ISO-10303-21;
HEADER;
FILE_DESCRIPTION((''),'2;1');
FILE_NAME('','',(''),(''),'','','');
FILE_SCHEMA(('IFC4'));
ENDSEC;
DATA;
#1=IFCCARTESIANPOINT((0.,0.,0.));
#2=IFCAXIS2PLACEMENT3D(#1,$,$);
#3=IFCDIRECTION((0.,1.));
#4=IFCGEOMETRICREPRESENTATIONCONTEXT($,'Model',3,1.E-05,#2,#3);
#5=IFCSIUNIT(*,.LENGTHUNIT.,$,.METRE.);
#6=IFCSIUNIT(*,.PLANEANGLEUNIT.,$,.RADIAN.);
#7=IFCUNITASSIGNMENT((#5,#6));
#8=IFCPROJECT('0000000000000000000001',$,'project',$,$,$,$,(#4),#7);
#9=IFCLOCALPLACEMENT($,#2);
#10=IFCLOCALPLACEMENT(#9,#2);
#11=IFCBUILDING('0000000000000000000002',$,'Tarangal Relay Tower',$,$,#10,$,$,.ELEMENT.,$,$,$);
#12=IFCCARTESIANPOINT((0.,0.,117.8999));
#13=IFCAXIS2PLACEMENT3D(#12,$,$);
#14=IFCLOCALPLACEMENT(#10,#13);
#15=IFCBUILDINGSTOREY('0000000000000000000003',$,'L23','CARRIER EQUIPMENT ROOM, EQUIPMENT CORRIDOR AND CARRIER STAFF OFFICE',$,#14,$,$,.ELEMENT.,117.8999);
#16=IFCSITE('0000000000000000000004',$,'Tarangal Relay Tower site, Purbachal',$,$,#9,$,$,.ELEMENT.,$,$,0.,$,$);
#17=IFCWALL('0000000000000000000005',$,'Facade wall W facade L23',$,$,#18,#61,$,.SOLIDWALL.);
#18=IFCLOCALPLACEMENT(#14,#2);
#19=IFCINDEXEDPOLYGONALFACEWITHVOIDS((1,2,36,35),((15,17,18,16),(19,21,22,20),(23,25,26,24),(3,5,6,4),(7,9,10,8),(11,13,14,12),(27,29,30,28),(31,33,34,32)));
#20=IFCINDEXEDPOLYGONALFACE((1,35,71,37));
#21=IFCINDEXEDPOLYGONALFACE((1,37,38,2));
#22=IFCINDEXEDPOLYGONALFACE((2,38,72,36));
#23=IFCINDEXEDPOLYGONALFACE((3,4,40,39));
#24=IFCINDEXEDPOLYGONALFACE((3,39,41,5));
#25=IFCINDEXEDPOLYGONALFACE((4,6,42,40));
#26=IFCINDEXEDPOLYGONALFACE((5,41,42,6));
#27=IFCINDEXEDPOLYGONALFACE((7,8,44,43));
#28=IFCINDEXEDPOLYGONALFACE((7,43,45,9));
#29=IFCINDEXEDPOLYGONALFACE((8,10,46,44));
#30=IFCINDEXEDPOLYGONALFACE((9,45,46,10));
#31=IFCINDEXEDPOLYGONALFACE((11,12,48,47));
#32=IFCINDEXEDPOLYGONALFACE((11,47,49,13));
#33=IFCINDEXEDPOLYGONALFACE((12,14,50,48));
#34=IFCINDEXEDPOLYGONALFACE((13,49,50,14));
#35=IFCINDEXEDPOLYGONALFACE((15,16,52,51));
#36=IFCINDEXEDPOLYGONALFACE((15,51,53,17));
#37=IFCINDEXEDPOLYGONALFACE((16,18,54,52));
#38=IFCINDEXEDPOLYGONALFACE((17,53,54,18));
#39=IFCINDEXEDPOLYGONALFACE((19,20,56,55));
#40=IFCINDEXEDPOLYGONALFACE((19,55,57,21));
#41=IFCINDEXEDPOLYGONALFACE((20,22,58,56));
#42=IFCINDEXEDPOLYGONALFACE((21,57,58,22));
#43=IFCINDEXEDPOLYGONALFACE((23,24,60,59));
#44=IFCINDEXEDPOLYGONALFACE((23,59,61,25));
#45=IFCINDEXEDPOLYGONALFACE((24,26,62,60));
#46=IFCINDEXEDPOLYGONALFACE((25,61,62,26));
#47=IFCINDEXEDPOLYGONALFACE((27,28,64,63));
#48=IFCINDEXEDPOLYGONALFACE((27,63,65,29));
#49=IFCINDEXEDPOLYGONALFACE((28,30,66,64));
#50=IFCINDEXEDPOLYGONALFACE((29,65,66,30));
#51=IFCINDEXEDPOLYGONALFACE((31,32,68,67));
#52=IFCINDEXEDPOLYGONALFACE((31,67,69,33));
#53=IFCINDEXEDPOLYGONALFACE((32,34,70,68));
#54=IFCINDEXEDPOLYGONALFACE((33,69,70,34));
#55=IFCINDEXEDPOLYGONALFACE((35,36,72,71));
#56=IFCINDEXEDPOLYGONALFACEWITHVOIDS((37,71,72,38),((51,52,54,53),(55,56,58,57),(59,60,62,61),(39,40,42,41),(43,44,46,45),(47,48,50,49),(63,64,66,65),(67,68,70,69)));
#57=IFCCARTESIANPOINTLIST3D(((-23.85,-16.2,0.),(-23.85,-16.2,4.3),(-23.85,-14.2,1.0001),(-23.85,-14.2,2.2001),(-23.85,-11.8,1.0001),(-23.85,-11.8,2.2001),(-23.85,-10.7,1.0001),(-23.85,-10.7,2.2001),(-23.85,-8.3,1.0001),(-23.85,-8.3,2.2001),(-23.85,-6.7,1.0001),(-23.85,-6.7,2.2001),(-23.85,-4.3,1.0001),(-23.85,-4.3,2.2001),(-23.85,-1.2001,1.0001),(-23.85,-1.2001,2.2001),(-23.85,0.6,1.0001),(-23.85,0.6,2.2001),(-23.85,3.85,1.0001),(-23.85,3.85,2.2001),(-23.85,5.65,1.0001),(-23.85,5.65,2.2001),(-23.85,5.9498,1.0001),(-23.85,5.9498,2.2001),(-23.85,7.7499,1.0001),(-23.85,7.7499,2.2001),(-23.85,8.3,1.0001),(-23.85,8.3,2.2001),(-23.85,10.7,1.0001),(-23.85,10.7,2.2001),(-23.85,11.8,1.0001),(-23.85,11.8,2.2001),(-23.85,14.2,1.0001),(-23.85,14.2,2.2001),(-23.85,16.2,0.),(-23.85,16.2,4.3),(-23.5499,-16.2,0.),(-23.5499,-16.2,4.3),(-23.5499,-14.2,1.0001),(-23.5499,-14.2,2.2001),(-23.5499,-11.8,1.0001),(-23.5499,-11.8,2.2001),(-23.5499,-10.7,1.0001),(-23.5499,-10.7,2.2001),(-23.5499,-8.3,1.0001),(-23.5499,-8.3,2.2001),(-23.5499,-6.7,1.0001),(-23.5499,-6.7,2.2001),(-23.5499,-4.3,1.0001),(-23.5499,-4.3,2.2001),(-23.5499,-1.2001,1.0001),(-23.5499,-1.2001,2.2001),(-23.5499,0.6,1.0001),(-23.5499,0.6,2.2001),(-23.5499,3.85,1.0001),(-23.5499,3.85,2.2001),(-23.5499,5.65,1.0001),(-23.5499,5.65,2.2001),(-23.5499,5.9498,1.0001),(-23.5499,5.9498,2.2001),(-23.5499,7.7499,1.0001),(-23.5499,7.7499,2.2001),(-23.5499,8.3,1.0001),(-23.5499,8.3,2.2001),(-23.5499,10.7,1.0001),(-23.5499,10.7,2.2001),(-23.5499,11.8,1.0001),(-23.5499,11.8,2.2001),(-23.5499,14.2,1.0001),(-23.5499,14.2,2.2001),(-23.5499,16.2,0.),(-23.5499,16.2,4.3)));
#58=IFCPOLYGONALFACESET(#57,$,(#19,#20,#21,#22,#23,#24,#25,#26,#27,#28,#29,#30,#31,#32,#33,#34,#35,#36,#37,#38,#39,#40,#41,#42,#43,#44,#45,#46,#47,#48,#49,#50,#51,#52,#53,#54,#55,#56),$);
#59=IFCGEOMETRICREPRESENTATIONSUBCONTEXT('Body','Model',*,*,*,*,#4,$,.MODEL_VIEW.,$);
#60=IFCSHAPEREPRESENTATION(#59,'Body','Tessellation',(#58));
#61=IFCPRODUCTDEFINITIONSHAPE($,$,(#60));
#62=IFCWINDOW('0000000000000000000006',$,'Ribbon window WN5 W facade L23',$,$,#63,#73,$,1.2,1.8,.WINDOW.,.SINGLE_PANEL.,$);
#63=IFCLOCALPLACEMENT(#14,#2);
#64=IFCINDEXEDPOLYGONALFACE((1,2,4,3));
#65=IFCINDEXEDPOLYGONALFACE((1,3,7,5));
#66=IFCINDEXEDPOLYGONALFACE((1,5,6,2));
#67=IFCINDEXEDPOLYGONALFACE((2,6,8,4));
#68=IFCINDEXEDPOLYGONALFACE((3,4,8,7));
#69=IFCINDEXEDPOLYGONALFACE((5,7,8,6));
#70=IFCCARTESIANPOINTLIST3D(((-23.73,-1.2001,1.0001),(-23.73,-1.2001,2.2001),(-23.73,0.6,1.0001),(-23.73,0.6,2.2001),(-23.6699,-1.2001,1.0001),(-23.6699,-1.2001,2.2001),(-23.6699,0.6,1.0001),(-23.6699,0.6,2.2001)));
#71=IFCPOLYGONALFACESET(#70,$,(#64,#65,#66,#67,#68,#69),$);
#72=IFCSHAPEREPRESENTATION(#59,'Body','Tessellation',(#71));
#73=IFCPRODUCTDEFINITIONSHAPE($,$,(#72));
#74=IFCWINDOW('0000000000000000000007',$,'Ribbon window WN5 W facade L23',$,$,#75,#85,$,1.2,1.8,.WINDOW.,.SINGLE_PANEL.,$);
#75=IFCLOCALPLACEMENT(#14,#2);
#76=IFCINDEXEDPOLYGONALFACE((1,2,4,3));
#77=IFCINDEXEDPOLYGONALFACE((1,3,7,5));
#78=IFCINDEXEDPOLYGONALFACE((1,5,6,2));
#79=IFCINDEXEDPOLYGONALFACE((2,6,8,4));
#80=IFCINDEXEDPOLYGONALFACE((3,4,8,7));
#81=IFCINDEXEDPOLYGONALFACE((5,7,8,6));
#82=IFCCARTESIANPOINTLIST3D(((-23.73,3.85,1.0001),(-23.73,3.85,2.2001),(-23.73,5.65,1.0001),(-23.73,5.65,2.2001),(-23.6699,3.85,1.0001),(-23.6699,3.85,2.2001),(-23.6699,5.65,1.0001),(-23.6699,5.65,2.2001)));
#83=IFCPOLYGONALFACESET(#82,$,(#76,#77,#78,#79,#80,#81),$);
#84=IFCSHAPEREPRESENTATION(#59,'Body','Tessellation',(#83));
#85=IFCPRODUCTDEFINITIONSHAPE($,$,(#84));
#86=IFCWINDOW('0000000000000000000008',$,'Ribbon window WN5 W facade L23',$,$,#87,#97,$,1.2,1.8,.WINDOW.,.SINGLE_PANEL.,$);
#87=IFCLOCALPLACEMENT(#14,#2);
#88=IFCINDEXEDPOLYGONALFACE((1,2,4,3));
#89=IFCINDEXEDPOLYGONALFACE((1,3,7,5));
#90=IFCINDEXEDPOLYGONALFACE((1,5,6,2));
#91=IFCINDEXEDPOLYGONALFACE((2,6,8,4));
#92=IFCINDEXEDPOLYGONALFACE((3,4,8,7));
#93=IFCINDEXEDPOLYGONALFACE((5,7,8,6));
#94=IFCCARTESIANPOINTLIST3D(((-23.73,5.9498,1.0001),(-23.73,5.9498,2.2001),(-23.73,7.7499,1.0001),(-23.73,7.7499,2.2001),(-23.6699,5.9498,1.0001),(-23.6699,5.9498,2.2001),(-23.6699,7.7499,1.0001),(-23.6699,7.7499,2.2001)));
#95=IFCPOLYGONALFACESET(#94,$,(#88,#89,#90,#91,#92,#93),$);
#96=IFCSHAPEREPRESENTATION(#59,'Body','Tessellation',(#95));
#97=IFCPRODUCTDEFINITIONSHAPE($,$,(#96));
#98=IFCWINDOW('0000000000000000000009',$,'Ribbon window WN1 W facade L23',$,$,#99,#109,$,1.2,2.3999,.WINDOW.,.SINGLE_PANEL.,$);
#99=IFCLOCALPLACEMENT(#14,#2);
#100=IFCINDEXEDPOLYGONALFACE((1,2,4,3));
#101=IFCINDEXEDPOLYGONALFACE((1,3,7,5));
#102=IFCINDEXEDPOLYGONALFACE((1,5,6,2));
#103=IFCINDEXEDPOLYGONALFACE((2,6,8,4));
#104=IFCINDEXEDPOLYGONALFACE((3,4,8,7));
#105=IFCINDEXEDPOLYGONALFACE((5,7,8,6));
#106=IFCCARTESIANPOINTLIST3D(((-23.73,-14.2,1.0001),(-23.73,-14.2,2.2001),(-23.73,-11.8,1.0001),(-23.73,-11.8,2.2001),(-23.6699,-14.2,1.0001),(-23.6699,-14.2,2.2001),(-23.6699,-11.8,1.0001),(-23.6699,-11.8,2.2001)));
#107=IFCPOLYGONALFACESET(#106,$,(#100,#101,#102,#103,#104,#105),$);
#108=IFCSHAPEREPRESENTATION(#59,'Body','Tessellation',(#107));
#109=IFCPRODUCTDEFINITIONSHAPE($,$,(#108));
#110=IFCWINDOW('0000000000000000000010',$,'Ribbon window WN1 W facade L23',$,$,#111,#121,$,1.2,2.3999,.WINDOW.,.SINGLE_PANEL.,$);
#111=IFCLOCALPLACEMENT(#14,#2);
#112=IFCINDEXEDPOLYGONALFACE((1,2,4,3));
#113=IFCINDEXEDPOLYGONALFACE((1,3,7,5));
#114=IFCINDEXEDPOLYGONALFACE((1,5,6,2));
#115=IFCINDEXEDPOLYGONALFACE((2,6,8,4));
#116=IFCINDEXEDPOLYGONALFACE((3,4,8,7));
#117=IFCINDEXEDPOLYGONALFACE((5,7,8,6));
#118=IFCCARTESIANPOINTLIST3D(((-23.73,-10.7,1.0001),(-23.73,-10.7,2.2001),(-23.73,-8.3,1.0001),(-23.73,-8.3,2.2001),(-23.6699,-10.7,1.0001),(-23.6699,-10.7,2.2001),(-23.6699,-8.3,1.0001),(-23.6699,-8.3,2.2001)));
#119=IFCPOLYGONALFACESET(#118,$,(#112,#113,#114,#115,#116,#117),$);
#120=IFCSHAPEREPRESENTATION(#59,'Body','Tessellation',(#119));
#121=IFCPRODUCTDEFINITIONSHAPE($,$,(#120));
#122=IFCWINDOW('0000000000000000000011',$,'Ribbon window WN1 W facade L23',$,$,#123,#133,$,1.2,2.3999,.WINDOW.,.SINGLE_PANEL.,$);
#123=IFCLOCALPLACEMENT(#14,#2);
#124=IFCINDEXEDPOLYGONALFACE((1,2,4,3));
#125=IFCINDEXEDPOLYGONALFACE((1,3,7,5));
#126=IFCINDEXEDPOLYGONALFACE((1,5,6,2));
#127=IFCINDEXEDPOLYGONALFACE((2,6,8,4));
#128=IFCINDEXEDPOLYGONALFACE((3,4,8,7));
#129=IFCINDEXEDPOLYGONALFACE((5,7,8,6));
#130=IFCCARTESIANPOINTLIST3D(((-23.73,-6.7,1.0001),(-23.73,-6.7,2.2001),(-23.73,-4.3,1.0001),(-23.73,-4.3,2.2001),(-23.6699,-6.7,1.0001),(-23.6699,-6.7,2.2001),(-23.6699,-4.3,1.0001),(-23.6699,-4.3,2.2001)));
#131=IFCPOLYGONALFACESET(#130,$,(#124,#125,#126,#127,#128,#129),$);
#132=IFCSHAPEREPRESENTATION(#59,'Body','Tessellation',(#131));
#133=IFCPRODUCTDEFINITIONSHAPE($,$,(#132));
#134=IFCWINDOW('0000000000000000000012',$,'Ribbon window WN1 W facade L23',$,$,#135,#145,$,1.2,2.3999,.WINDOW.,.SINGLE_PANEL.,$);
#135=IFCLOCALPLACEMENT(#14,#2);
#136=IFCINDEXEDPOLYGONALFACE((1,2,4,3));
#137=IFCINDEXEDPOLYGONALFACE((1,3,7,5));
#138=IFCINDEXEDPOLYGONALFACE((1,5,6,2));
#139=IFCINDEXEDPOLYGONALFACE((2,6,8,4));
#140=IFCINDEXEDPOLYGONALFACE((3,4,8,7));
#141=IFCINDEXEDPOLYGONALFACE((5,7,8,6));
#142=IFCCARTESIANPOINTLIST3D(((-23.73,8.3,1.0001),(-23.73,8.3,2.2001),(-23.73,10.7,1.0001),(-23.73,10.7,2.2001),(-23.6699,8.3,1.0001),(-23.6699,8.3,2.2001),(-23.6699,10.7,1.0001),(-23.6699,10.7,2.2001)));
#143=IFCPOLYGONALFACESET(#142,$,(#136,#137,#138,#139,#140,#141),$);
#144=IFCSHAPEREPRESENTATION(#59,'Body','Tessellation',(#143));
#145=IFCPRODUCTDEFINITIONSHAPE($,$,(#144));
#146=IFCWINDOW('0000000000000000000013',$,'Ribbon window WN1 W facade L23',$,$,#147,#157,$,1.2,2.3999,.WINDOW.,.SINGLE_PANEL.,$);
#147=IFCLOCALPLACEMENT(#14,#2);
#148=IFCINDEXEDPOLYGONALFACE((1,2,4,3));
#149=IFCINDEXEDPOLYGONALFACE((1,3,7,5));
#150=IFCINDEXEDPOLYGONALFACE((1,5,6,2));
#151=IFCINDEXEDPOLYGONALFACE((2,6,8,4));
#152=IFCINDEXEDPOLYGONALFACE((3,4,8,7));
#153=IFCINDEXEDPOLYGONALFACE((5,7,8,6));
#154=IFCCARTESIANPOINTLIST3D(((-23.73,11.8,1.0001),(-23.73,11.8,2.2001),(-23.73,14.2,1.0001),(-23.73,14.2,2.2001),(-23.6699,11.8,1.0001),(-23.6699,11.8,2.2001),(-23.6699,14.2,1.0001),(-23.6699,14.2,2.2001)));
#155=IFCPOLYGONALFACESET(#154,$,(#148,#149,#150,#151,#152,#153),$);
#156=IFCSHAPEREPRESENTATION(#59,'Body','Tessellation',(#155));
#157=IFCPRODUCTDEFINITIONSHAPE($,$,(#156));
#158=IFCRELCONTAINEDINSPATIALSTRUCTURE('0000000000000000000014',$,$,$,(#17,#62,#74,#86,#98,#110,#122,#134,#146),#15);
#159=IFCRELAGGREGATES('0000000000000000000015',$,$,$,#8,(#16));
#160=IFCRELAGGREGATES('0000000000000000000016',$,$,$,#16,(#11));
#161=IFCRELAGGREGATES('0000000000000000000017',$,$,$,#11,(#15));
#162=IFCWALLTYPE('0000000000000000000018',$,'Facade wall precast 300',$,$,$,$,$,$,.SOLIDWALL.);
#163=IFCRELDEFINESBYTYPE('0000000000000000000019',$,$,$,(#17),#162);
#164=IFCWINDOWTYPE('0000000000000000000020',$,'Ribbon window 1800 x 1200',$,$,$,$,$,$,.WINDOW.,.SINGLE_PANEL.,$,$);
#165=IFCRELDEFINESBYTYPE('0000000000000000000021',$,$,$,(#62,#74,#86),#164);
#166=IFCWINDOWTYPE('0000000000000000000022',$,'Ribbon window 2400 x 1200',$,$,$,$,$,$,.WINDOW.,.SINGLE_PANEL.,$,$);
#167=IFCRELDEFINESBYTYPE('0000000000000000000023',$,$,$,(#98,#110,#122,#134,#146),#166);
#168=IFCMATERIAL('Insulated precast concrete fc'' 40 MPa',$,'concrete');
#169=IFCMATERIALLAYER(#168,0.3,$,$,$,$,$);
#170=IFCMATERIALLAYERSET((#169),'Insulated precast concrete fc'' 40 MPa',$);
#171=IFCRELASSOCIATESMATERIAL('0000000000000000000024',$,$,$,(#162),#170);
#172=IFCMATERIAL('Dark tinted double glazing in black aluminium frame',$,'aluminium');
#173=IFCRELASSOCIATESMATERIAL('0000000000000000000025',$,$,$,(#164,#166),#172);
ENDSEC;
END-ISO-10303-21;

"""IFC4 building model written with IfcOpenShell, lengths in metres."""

from ifc_helpers import new_model, si_unit, direction, frame, frame_2d, origin, place, context, subcontext, project, spatial, rectangle, extrude, material, layer, layer_set, type_object, element, fill, save


model = new_model("IFC4")

# Units and contexts
model_context = context("Model", 3, precision=1e-05, world=origin(), true_north=direction((0.0, 1.0)))
body_context = subcontext(model_context, "Body", "Model", "MODEL_VIEW")
ifc_project = project(units=[si_unit("LENGTHUNIT", "METRE"), si_unit("PLANEANGLEUNIT", "RADIAN")], contexts=[model_context])

# Site, building, storey
site_placement = place(None, origin())
site = spatial("IfcSite", under=ifc_project, at=site_placement, Name="Tarangal Relay Tower site, Purbachal", CompositionType="ELEMENT", RefElevation=0.0)
building_placement = place(site_placement, origin())
building = spatial("IfcBuilding", under=site, at=building_placement, Name="Tarangal Relay Tower", CompositionType="ELEMENT")
storey_placement = place(building_placement, frame((0.0, 0.0, 117.8999)))
storey = spatial("IfcBuildingStorey", under=building, at=storey_placement, Name="L23", Description="CARRIER EQUIPMENT ROOM, EQUIPMENT CORRIDOR AND CARRIER STAFF OFFICE", CompositionType="ELEMENT", Elevation=117.8999)

# Shared definitions
ifc_material_1 = material(Name="Insulated precast concrete fc' 40 MPa", Category="concrete")
ifc_layer_1 = layer(ifc_material_1, 0.3)
ifc_layer_set_1 = layer_set([ifc_layer_1], Name="Insulated precast concrete fc' 40 MPa")
wall_type_1 = type_object("IfcWallType", Name="Facade wall precast 300", PredefinedType="SOLIDWALL", material=ifc_layer_set_1)

# Wall, openings, windows
wall_1_placement = place(storey_placement, frame((-23.7, -16.2, 0.0), z_axis=(0.0, 0.0, 1.0), x_axis=(0.0, 1.0, 0.0)))
wall_1 = element("IfcWall", 1, at=wall_1_placement, inside=storey, type_object=wall_type_1, Name="Facade wall W facade L23", PredefinedType="SOLIDWALL", context=body_context, shape_type="SweptSolid", body=[
    extrude(rectangle(XDim=32.3999, YDim=0.3, at=frame_2d((16.2, 0.0))), origin(), (0.0, 0.0, 1.0), 4.3),
])
opening_1_placement = place(wall_1_placement, frame((2.0, 0.0, 1.0)))
opening_1 = element("IfcOpeningElement", 2, at=opening_1_placement, cuts=wall_1, PredefinedType="OPENING", context=body_context, shape_type="SweptSolid", body=[
    extrude(rectangle(XDim=2.3999, YDim=1.2, at=frame_2d((1.2, 0.6001))), frame((0.0, 0.1599, 0.0), z_axis=(0.0, -1.0, 0.0), x_axis=(1.0, 0.0, 0.0)), (0.0, 0.0, 1.0), 0.3201),
])
opening_2_placement = place(wall_1_placement, frame((5.5, 0.0, 1.0)))
opening_2 = element("IfcOpeningElement", 3, at=opening_2_placement, cuts=wall_1, PredefinedType="OPENING", context=body_context, shape_type="SweptSolid", body=[
    extrude(rectangle(XDim=2.3999, YDim=1.2, at=frame_2d((1.2, 0.6001))), frame((0.0, 0.1599, 0.0), z_axis=(0.0, -1.0, 0.0), x_axis=(1.0, 0.0, 0.0)), (0.0, 0.0, 1.0), 0.3201),
])
opening_3_placement = place(wall_1_placement, frame((9.5, 0.0, 1.0)))
opening_3 = element("IfcOpeningElement", 4, at=opening_3_placement, cuts=wall_1, PredefinedType="OPENING", context=body_context, shape_type="SweptSolid", body=[
    extrude(rectangle(XDim=2.3999, YDim=1.2, at=frame_2d((1.2, 0.6001))), frame((0.0, 0.1599, 0.0), z_axis=(0.0, -1.0, 0.0), x_axis=(1.0, 0.0, 0.0)), (0.0, 0.0, 1.0), 0.3201),
])
opening_4_placement = place(wall_1_placement, frame((15.0, 0.0, 1.0)))
opening_4 = element("IfcOpeningElement", 5, at=opening_4_placement, cuts=wall_1, PredefinedType="OPENING", context=body_context, shape_type="SweptSolid", body=[
    extrude(rectangle(XDim=1.8, YDim=1.2, at=frame_2d((0.8999, 0.6001))), frame((0.0, 0.1599, 0.0), z_axis=(0.0, -1.0, 0.0), x_axis=(1.0, 0.0, 0.0)), (0.0, 0.0, 1.0), 0.3201),
])
opening_5_placement = place(wall_1_placement, frame((20.05, 0.0, 1.0)))
opening_5 = element("IfcOpeningElement", 6, at=opening_5_placement, cuts=wall_1, PredefinedType="OPENING", context=body_context, shape_type="SweptSolid", body=[
    extrude(rectangle(XDim=1.8, YDim=1.2, at=frame_2d((0.8999, 0.6001))), frame((0.0, 0.1599, 0.0), z_axis=(0.0, -1.0, 0.0), x_axis=(1.0, 0.0, 0.0)), (0.0, 0.0, 1.0), 0.3201),
])
opening_6_placement = place(wall_1_placement, frame((22.1499, 0.0, 1.0)))
opening_6 = element("IfcOpeningElement", 7, at=opening_6_placement, cuts=wall_1, PredefinedType="OPENING", context=body_context, shape_type="SweptSolid", body=[
    extrude(rectangle(XDim=1.8, YDim=1.2, at=frame_2d((0.8999, 0.6001))), frame((0.0, 0.1599, 0.0), z_axis=(0.0, -1.0, 0.0), x_axis=(1.0, 0.0, 0.0)), (0.0, 0.0, 1.0), 0.3201),
])
opening_7_placement = place(wall_1_placement, frame((24.5, 0.0, 1.0)))
opening_7 = element("IfcOpeningElement", 8, at=opening_7_placement, cuts=wall_1, PredefinedType="OPENING", context=body_context, shape_type="SweptSolid", body=[
    extrude(rectangle(XDim=2.3999, YDim=1.2, at=frame_2d((1.2, 0.6001))), frame((0.0, 0.1599, 0.0), z_axis=(0.0, -1.0, 0.0), x_axis=(1.0, 0.0, 0.0)), (0.0, 0.0, 1.0), 0.3201),
])
opening_8_placement = place(wall_1_placement, frame((28.0, 0.0, 1.0)))
opening_8 = element("IfcOpeningElement", 9, at=opening_8_placement, cuts=wall_1, PredefinedType="OPENING", context=body_context, shape_type="SweptSolid", body=[
    extrude(rectangle(XDim=2.3999, YDim=1.2, at=frame_2d((1.2, 0.6001))), frame((0.0, 0.1599, 0.0), z_axis=(0.0, -1.0, 0.0), x_axis=(1.0, 0.0, 0.0)), (0.0, 0.0, 1.0), 0.3201),
])
ifc_material_2 = material(Name="Dark tinted double glazing in black aluminium frame", Category="aluminium")
window_type_1 = type_object("IfcWindowType", Name="Ribbon window 1800 x 1200", PartitioningType="SINGLE_PANEL", PredefinedType="WINDOW", material=ifc_material_2)
window_1_placement = place(opening_4_placement, origin())
window_1 = element("IfcWindow", 10, at=window_1_placement, inside=storey, type_object=window_type_1, Name="Ribbon window WN5 W facade L23", OverallHeight=1.2, OverallWidth=1.8, PartitioningType="SINGLE_PANEL", PredefinedType="WINDOW", context=body_context, shape_type="SweptSolid", body=[
    extrude(rectangle(XDim=1.8, YDim=1.2, at=frame_2d((0.8999, 0.6001))), frame((0.0, 0.03, 0.0), z_axis=(0.0, -1.0, 0.0), x_axis=(1.0, 0.0, 0.0)), (0.0, 0.0, 1.0), 0.0601),
])
fill(opening_4, window_1)
window_2_placement = place(opening_5_placement, origin())
window_2 = element("IfcWindow", 11, at=window_2_placement, inside=storey, type_object=window_type_1, Name="Ribbon window WN5 W facade L23", OverallHeight=1.2, OverallWidth=1.8, PartitioningType="SINGLE_PANEL", PredefinedType="WINDOW", context=body_context, shape_type="SweptSolid", body=[
    extrude(rectangle(XDim=1.8, YDim=1.2, at=frame_2d((0.8999, 0.6001))), frame((0.0, 0.03, 0.0), z_axis=(0.0, -1.0, 0.0), x_axis=(1.0, 0.0, 0.0)), (0.0, 0.0, 1.0), 0.0601),
])
fill(opening_5, window_2)
window_3_placement = place(opening_6_placement, origin())
window_3 = element("IfcWindow", 12, at=window_3_placement, inside=storey, type_object=window_type_1, Name="Ribbon window WN5 W facade L23", OverallHeight=1.2, OverallWidth=1.8, PartitioningType="SINGLE_PANEL", PredefinedType="WINDOW", context=body_context, shape_type="SweptSolid", body=[
    extrude(rectangle(XDim=1.8, YDim=1.2, at=frame_2d((0.8999, 0.6001))), frame((0.0, 0.03, 0.0), z_axis=(0.0, -1.0, 0.0), x_axis=(1.0, 0.0, 0.0)), (0.0, 0.0, 1.0), 0.0601),
])
fill(opening_6, window_3)
window_type_2 = type_object("IfcWindowType", Name="Ribbon window 2400 x 1200", PartitioningType="SINGLE_PANEL", PredefinedType="WINDOW", material=ifc_material_2)
window_4_placement = place(opening_1_placement, origin())
window_4 = element("IfcWindow", 13, at=window_4_placement, inside=storey, type_object=window_type_2, Name="Ribbon window WN1 W facade L23", OverallHeight=1.2, OverallWidth=2.3999, PartitioningType="SINGLE_PANEL", PredefinedType="WINDOW", context=body_context, shape_type="SweptSolid", body=[
    extrude(rectangle(XDim=2.3999, YDim=1.2, at=frame_2d((1.2, 0.6001))), frame((0.0, 0.03, 0.0), z_axis=(0.0, -1.0, 0.0), x_axis=(1.0, 0.0, 0.0)), (0.0, 0.0, 1.0), 0.0601),
])
fill(opening_1, window_4)
window_5_placement = place(opening_2_placement, origin())
window_5 = element("IfcWindow", 14, at=window_5_placement, inside=storey, type_object=window_type_2, Name="Ribbon window WN1 W facade L23", OverallHeight=1.2, OverallWidth=2.3999, PartitioningType="SINGLE_PANEL", PredefinedType="WINDOW", context=body_context, shape_type="SweptSolid", body=[
    extrude(rectangle(XDim=2.3999, YDim=1.2, at=frame_2d((1.2, 0.6001))), frame((0.0, 0.03, 0.0), z_axis=(0.0, -1.0, 0.0), x_axis=(1.0, 0.0, 0.0)), (0.0, 0.0, 1.0), 0.0601),
])
fill(opening_2, window_5)
window_6_placement = place(opening_3_placement, origin())
window_6 = element("IfcWindow", 15, at=window_6_placement, inside=storey, type_object=window_type_2, Name="Ribbon window WN1 W facade L23", OverallHeight=1.2, OverallWidth=2.3999, PartitioningType="SINGLE_PANEL", PredefinedType="WINDOW", context=body_context, shape_type="SweptSolid", body=[
    extrude(rectangle(XDim=2.3999, YDim=1.2, at=frame_2d((1.2, 0.6001))), frame((0.0, 0.03, 0.0), z_axis=(0.0, -1.0, 0.0), x_axis=(1.0, 0.0, 0.0)), (0.0, 0.0, 1.0), 0.0601),
])
fill(opening_3, window_6)
window_7_placement = place(opening_7_placement, origin())
window_7 = element("IfcWindow", 16, at=window_7_placement, inside=storey, type_object=window_type_2, Name="Ribbon window WN1 W facade L23", OverallHeight=1.2, OverallWidth=2.3999, PartitioningType="SINGLE_PANEL", PredefinedType="WINDOW", context=body_context, shape_type="SweptSolid", body=[
    extrude(rectangle(XDim=2.3999, YDim=1.2, at=frame_2d((1.2, 0.6001))), frame((0.0, 0.03, 0.0), z_axis=(0.0, -1.0, 0.0), x_axis=(1.0, 0.0, 0.0)), (0.0, 0.0, 1.0), 0.0601),
])
fill(opening_7, window_7)
window_8_placement = place(opening_8_placement, origin())
window_8 = element("IfcWindow", 17, at=window_8_placement, inside=storey, type_object=window_type_2, Name="Ribbon window WN1 W facade L23", OverallHeight=1.2, OverallWidth=2.3999, PartitioningType="SINGLE_PANEL", PredefinedType="WINDOW", context=body_context, shape_type="SweptSolid", body=[
    extrude(rectangle(XDim=2.3999, YDim=1.2, at=frame_2d((1.2, 0.6001))), frame((0.0, 0.03, 0.0), z_axis=(0.0, -1.0, 0.0), x_axis=(1.0, 0.0, 0.0)), (0.0, 0.0, 1.0), 0.0601),
])
fill(opening_8, window_8)

save(model, "model.ifc")
